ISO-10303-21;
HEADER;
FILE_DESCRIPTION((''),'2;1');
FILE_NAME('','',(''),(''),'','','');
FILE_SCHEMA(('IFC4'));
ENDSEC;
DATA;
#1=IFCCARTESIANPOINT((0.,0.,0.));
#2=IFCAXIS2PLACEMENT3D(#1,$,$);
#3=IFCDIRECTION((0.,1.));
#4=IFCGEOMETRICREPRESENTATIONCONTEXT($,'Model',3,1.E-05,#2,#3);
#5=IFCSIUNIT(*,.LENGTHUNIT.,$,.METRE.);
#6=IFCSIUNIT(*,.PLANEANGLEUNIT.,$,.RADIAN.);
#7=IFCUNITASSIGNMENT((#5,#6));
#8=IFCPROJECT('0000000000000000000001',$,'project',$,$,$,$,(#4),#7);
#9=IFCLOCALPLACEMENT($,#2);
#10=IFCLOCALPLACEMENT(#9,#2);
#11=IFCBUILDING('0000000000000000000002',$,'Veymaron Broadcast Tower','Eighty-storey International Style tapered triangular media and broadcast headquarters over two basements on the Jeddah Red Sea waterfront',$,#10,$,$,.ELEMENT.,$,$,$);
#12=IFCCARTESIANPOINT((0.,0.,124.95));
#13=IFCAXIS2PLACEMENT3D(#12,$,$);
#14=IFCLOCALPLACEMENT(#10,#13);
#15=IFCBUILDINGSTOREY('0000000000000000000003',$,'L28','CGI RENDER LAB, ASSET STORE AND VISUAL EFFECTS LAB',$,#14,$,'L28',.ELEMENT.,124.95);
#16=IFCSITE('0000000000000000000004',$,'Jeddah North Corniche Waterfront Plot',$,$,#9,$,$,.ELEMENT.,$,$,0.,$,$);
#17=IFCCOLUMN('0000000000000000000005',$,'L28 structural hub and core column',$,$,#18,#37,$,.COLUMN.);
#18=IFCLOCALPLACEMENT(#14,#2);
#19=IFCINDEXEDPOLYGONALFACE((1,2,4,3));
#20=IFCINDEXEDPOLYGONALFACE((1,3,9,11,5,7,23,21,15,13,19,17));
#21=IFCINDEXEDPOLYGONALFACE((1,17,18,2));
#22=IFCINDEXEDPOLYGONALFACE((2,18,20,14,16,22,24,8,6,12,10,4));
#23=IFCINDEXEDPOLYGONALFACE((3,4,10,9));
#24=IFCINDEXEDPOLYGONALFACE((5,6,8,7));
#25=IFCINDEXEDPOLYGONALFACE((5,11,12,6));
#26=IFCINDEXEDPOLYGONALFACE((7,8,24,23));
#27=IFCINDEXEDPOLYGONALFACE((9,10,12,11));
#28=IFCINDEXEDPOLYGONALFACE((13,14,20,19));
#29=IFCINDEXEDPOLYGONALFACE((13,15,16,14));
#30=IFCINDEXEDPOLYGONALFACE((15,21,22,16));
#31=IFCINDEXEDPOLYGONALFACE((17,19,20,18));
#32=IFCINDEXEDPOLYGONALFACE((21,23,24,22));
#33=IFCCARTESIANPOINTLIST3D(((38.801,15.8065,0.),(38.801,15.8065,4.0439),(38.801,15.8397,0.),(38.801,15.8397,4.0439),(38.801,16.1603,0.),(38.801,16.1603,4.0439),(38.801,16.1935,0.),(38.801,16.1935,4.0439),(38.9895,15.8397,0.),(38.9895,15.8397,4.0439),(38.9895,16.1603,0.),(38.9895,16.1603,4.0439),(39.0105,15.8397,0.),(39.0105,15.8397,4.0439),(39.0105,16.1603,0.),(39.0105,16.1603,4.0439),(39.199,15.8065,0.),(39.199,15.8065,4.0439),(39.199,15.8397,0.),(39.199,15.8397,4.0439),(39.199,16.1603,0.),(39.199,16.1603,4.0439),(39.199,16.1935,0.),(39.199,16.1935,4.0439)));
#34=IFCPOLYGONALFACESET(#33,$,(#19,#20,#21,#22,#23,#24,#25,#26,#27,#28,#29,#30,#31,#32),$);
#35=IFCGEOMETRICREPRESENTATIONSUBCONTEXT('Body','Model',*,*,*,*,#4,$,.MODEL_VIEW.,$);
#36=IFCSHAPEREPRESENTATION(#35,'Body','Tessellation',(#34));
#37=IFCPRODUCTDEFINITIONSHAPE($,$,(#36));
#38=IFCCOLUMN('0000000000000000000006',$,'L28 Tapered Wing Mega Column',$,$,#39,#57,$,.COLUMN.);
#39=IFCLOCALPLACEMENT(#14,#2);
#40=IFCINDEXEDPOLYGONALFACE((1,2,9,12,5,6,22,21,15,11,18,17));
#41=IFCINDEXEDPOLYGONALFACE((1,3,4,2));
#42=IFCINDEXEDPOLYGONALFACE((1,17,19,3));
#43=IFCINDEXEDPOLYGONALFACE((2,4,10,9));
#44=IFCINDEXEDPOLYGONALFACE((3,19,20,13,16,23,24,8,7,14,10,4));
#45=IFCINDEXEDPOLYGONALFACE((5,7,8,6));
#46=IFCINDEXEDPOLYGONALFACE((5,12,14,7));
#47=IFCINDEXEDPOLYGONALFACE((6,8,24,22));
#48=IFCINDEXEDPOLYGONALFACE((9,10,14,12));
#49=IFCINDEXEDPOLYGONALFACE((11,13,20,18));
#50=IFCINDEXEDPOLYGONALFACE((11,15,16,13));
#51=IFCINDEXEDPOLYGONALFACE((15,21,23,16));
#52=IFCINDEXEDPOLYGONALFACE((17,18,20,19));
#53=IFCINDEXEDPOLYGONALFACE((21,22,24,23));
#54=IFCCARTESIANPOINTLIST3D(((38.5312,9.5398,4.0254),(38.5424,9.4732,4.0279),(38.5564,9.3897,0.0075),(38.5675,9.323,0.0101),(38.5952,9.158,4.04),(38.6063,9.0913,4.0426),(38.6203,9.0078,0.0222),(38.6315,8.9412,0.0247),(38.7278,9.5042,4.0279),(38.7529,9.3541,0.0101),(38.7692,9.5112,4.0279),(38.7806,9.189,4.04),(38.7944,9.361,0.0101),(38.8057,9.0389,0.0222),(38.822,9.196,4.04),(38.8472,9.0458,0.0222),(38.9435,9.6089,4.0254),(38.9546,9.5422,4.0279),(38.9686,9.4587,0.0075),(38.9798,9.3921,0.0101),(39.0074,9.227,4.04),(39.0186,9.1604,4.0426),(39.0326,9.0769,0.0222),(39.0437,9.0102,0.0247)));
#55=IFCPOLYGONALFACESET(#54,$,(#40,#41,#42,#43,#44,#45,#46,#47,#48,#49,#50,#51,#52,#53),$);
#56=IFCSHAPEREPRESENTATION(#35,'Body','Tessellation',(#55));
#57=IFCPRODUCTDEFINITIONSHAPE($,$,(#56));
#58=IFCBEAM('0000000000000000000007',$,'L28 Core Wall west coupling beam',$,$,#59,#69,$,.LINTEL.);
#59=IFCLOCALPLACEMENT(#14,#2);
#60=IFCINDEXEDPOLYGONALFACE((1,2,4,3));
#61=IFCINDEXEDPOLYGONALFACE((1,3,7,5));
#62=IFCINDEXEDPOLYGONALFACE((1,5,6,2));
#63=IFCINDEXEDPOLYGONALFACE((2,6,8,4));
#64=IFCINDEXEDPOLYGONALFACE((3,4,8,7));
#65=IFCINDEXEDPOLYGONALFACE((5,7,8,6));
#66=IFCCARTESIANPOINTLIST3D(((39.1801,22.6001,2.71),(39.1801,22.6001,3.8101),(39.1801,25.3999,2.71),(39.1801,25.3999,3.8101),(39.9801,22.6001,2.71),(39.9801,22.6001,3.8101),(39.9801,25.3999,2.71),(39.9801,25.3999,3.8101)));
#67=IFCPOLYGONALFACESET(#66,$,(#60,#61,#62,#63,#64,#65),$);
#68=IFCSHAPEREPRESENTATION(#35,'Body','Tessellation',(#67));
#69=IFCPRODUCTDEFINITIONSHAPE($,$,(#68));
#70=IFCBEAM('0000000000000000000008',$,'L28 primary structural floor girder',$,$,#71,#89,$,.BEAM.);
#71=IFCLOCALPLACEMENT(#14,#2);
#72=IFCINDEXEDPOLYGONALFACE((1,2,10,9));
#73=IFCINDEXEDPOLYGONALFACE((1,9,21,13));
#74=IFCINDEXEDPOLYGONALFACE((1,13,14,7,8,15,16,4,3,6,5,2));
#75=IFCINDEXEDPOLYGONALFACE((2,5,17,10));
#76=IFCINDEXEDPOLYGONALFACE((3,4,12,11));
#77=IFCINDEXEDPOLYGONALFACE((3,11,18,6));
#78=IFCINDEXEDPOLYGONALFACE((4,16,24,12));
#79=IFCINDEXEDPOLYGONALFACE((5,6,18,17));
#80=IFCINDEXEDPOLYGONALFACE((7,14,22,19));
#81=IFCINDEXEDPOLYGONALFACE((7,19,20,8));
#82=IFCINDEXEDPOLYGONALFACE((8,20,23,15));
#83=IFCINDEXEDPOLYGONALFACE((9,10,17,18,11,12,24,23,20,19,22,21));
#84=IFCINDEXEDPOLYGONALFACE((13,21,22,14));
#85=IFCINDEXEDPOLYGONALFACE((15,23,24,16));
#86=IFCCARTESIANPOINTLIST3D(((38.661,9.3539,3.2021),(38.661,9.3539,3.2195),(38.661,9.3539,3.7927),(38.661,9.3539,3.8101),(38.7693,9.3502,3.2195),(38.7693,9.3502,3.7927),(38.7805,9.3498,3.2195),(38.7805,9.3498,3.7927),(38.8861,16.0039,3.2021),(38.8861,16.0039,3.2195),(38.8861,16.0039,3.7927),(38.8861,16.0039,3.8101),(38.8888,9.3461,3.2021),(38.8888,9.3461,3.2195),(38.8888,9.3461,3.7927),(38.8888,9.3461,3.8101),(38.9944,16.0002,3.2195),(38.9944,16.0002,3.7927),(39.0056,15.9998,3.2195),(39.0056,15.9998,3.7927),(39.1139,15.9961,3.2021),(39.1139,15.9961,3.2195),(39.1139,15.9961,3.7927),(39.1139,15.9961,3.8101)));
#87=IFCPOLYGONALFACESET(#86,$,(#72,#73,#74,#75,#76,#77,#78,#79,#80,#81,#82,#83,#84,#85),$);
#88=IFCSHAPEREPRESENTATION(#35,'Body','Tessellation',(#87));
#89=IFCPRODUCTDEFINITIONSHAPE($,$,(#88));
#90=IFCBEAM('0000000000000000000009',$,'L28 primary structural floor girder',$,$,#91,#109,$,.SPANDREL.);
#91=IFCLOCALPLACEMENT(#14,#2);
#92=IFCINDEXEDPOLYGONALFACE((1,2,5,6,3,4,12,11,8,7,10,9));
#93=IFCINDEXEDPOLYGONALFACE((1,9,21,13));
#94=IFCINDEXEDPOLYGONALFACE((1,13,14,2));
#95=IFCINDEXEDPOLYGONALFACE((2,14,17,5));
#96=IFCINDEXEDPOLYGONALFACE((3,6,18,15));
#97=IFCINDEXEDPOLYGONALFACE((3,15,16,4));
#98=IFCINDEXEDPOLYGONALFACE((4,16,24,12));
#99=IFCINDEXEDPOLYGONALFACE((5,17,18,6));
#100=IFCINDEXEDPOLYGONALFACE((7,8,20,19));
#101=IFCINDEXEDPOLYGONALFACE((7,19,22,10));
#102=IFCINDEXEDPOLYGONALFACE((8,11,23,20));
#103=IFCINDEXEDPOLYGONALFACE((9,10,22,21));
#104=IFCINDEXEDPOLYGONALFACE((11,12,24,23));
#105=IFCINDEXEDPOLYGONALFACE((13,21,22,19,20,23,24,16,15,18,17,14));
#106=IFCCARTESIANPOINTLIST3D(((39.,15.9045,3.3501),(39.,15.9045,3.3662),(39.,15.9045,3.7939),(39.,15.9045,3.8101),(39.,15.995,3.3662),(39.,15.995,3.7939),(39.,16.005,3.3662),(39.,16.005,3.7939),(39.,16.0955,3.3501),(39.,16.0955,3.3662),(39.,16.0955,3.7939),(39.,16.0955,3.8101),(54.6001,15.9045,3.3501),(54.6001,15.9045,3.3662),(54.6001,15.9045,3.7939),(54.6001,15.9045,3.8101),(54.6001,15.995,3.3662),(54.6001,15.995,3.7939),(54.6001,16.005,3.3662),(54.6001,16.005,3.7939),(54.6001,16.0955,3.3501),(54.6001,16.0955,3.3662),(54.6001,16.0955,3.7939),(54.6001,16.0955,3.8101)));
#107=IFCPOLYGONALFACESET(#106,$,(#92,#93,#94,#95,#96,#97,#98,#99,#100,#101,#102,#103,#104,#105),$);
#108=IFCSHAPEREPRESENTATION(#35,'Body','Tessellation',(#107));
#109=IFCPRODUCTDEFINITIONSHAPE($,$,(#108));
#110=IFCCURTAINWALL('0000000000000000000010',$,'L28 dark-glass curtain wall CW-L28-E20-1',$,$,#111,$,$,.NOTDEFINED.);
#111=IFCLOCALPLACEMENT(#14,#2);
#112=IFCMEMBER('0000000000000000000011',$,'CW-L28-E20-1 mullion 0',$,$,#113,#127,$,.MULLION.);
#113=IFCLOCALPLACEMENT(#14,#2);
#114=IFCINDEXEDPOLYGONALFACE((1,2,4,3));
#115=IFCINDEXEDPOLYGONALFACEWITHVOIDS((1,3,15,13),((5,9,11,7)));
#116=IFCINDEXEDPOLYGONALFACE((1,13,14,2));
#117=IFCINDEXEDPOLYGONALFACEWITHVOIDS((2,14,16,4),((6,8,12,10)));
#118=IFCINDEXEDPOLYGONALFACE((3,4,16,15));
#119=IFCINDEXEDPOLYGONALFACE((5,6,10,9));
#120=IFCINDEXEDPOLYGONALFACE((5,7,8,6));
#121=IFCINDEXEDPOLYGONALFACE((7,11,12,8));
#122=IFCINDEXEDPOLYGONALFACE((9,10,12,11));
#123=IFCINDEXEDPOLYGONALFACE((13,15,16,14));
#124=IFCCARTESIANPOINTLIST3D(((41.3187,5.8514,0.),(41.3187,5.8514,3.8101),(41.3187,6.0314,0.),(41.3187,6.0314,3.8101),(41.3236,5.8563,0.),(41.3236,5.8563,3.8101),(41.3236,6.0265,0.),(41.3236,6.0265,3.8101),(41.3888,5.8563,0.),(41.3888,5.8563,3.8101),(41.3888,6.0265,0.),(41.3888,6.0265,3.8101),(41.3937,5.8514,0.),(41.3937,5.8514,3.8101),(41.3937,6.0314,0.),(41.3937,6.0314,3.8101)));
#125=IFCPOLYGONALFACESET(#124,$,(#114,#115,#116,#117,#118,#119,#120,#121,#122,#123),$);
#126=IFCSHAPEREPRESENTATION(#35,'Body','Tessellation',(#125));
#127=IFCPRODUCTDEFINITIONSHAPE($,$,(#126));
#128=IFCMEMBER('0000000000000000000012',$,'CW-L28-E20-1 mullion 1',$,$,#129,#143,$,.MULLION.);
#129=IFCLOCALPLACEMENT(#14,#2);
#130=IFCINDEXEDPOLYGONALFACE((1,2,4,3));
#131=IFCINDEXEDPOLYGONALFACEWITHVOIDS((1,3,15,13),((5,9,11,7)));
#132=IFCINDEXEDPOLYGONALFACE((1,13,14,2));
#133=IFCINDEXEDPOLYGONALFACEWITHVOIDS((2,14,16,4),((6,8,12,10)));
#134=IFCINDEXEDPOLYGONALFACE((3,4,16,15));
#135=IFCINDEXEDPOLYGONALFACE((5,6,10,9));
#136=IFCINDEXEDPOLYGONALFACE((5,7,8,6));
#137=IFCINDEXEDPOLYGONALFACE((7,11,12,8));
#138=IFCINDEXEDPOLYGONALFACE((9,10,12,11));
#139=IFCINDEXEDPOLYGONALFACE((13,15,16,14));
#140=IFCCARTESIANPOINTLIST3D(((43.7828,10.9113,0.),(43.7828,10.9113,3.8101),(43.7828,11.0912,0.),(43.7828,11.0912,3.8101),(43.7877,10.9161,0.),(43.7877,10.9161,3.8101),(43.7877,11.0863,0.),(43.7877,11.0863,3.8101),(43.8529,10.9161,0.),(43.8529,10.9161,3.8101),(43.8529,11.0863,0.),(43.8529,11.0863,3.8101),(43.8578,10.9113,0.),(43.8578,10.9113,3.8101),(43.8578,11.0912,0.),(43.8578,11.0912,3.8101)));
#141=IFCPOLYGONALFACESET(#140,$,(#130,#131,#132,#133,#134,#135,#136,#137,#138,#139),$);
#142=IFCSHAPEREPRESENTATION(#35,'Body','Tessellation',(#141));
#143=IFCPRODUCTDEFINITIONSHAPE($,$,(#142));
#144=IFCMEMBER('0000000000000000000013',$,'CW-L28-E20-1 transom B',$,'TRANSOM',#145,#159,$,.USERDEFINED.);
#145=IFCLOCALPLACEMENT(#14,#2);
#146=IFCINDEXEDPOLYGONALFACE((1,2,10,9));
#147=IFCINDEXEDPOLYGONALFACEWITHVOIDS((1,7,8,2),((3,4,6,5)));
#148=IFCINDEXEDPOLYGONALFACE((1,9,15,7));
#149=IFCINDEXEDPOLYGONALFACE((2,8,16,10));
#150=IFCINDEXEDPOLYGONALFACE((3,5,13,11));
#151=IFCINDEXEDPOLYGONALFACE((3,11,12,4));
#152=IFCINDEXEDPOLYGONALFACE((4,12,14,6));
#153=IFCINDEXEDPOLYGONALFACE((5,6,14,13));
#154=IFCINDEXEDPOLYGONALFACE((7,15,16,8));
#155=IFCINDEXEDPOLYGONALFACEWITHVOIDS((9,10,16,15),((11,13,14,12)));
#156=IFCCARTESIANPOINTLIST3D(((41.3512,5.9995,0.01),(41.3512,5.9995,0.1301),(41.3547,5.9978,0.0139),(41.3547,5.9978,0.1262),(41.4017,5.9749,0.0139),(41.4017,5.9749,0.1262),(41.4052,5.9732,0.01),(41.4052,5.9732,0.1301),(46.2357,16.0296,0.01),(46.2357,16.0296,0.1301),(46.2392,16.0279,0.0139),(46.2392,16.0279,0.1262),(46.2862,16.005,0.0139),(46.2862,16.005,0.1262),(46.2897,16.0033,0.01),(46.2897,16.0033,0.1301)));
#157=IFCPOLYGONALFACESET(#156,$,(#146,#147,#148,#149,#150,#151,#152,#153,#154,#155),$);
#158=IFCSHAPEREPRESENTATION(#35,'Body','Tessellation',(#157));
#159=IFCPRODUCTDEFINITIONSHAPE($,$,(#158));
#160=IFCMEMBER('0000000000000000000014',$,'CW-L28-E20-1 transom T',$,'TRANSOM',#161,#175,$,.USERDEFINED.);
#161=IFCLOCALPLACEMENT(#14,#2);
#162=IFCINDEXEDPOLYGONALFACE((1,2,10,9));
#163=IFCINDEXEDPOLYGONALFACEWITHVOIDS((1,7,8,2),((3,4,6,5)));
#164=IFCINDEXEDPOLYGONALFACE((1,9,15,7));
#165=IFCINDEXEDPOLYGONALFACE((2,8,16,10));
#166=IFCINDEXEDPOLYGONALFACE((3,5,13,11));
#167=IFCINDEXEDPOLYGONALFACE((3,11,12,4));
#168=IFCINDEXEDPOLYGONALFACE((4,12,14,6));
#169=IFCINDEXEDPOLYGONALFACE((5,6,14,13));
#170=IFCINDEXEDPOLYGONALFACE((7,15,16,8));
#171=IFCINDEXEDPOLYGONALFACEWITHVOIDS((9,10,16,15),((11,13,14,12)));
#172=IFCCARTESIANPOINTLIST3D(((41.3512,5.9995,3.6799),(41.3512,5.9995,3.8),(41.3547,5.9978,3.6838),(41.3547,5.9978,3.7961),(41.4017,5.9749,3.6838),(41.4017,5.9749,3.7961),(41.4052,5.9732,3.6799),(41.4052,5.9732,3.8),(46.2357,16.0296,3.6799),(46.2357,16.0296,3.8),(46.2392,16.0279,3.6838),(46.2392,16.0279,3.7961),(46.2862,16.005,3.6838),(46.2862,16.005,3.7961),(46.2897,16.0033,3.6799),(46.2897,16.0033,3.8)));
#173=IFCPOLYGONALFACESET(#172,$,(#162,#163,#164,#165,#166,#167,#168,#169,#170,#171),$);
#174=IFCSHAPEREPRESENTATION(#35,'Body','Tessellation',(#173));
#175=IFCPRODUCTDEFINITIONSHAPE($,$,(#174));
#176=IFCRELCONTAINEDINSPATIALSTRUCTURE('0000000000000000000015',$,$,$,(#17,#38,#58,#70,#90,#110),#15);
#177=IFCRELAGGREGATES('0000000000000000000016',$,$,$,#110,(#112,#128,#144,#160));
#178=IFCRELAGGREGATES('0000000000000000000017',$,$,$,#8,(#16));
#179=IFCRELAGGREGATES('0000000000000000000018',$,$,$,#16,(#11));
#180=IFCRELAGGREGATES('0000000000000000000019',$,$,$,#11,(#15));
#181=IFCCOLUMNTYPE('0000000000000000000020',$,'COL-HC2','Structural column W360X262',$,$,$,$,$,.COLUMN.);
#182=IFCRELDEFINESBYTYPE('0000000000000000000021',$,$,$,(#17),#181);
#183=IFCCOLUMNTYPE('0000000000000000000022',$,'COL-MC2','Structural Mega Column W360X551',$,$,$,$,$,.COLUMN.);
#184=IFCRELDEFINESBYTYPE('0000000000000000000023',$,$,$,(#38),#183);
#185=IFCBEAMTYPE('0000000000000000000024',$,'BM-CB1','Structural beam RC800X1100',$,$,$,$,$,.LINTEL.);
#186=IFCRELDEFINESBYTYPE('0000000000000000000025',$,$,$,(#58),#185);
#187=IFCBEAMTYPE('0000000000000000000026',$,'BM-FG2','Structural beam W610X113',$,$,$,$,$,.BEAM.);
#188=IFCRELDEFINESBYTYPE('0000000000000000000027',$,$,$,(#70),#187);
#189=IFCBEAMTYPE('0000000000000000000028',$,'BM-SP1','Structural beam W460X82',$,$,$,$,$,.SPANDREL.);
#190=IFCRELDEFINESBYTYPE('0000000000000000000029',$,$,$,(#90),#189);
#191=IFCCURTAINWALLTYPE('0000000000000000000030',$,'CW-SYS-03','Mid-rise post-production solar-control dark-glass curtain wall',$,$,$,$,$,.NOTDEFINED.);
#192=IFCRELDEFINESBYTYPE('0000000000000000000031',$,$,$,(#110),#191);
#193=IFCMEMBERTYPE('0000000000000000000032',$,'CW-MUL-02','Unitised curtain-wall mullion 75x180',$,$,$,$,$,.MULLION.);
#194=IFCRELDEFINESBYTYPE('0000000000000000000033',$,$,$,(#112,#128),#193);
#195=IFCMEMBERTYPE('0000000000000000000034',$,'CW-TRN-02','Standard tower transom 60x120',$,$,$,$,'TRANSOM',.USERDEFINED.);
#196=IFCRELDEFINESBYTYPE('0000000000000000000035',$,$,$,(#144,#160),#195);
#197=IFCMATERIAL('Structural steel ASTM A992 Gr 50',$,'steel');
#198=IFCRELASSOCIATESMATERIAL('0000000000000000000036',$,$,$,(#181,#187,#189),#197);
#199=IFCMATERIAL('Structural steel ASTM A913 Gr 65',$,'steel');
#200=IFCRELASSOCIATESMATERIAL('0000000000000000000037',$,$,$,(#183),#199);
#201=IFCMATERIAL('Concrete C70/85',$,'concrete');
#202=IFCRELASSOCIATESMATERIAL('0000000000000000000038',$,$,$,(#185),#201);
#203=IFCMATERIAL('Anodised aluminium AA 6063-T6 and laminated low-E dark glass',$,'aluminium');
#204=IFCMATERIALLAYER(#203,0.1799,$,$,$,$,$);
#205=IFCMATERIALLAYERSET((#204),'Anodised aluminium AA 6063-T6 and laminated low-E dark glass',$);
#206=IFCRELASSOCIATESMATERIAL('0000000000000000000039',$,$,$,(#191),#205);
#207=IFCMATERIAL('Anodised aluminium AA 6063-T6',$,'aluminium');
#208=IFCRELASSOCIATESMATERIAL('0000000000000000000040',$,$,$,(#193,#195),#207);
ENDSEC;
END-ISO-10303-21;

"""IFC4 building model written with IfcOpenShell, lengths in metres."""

from ifc_helpers import new_model, si_unit, direction, frame, origin, origin_2d, place, context, subcontext, project, spatial, rectangle, hollow_rectangle, i_section, extrude, material, layer, layer_set, material_profile, profile_set, type_object, element, aggregate, save


model = new_model("IFC4")

# Units and contexts
model_context = context("Model", 3, precision=1e-05, world=origin(), true_north=direction((0.0, 1.0)))
body_context = subcontext(model_context, "Body", "Model", "MODEL_VIEW")
ifc_project = project(units=[si_unit("LENGTHUNIT", "METRE"), si_unit("PLANEANGLEUNIT", "RADIAN")], contexts=[model_context])

# Site, building, storey
site_placement = place(None, origin())
site = spatial("IfcSite", under=ifc_project, at=site_placement, Name="Jeddah North Corniche Waterfront Plot", CompositionType="ELEMENT", RefElevation=0.0)
building_placement = place(site_placement, origin())
building = spatial("IfcBuilding", under=site, at=building_placement, Name="Veymaron Broadcast Tower", Description="Eighty-storey International Style tapered triangular media and broadcast headquarters over two basements on the Jeddah Red Sea waterfront", CompositionType="ELEMENT")
storey_placement = place(building_placement, frame((0.0, 0.0, 124.95)))
storey = spatial("IfcBuildingStorey", under=building, at=storey_placement, Name="L28", Description="CGI RENDER LAB, ASSET STORE AND VISUAL EFFECTS LAB", LongName="L28", CompositionType="ELEMENT", Elevation=124.95)

# Columns
ifc_material_1 = material(Name="Structural steel ASTM A992 Gr 50", Category="steel")
ifc_material_profile_1 = material_profile(ifc_material_1, i_section(OverallWidth=0.3979, OverallDepth=0.387, WebThickness=0.021, FlangeThickness=0.0332, at=origin_2d()), Name="W360X262")
ifc_profile_set_1 = profile_set([ifc_material_profile_1], Name="Structural steel ASTM A992 Gr 50")
column_type_1 = type_object("IfcColumnType", Name="COL-HC2", Description="Structural column W360X262", PredefinedType="COLUMN", material=ifc_profile_set_1)
column_1_placement = place(storey_placement, frame((39.0, 16.0, 0.0), z_axis=(0.0, 0.0, 1.0), x_axis=(1.0, 0.0, 0.0)))
element("IfcColumn", 1, at=column_1_placement, inside=storey, type_object=column_type_1, Name="L28 structural hub and core column", PredefinedType="COLUMN", context=body_context, shape_type="SweptSolid", body=[
    extrude(i_section(OverallWidth=0.3979, OverallDepth=0.387, WebThickness=0.021, FlangeThickness=0.0332, at=origin_2d()), origin(), (0.0, 0.0, 1.0), 4.0439),
])
ifc_material_2 = material(Name="Structural steel ASTM A913 Gr 65", Category="steel")
ifc_material_profile_2 = material_profile(ifc_material_2, i_section(OverallWidth=0.418, OverallDepth=0.4551, WebThickness=0.042, FlangeThickness=0.0676, at=origin_2d()), Name="W360X551")
ifc_profile_set_2 = profile_set([ifc_material_profile_2], Name="Structural steel ASTM A913 Gr 65")
column_type_2 = type_object("IfcColumnType", Name="COL-MC2", Description="Structural Mega Column W360X551", PredefinedType="COLUMN", material=ifc_profile_set_2)
column_2_placement = place(storey_placement, frame((38.8, 9.2, 0.0161), z_axis=(-0.006254, 0.037343, 0.999283), x_axis=(-0.986264, -0.165179, 0.0)))
element("IfcColumn", 2, at=column_2_placement, inside=storey, type_object=column_type_2, Name="L28 Tapered Wing Mega Column", PredefinedType="COLUMN", context=body_context, shape_type="SweptSolid", body=[
    extrude(i_section(OverallWidth=0.418, OverallDepth=0.4551, WebThickness=0.042, FlangeThickness=0.0676, at=origin_2d()), origin(), (0.0, 0.0, 1.0), 4.0208),
])

# Beams
ifc_material_3 = material(Name="Concrete C70/85", Category="concrete")
ifc_material_profile_3 = material_profile(ifc_material_3, rectangle(XDim=0.8, YDim=1.1001, at=origin_2d()), Name="RC800X1100")
ifc_profile_set_3 = profile_set([ifc_material_profile_3], Name="Concrete C70/85")
beam_type_1 = type_object("IfcBeamType", Name="BM-CB1", Description="Structural beam RC800X1100", PredefinedType="LINTEL", material=ifc_profile_set_3)
beam_1_placement = place(storey_placement, frame((39.5801, 22.6001, 3.26), z_axis=(0.0, 1.0, 0.0), x_axis=(-1.0, 0.0, 0.0)))
element("IfcBeam", 3, at=beam_1_placement, inside=storey, type_object=beam_type_1, Name="L28 Core Wall west coupling beam", PredefinedType="LINTEL", context=body_context, shape_type="SweptSolid", body=[
    extrude(rectangle(XDim=0.8, YDim=1.1001, at=origin_2d()), origin(), (0.0, 0.0, 1.0), 2.7998),
])
ifc_material_profile_4 = material_profile(ifc_material_1, i_section(OverallWidth=0.228, OverallDepth=0.6079, WebThickness=0.0112, FlangeThickness=0.0173, at=origin_2d()), Name="W610X113")
ifc_profile_set_4 = profile_set([ifc_material_profile_4], Name="Structural steel ASTM A992 Gr 50")
beam_type_2 = type_object("IfcBeamType", Name="BM-FG2", Description="Structural beam W610X113", PredefinedType="BEAM", material=ifc_profile_set_4)
beam_2_placement = place(storey_placement, frame((39.0, 16.0, 3.5061), z_axis=(-0.03383, -0.999428, 0.0), x_axis=(0.999428, -0.03383, 0.0)))
element("IfcBeam", 4, at=beam_2_placement, inside=storey, type_object=beam_type_2, Name="L28 primary structural floor girder", PredefinedType="BEAM", context=body_context, shape_type="SweptSolid", body=[
    extrude(i_section(OverallWidth=0.228, OverallDepth=0.6079, WebThickness=0.0112, FlangeThickness=0.0173, at=origin_2d()), origin(), (0.0, 0.0, 1.0), 6.6538),
])
ifc_material_profile_5 = material_profile(ifc_material_1, i_section(OverallWidth=0.1909, OverallDepth=0.46, WebThickness=0.01, FlangeThickness=0.0161, at=origin_2d()), Name="W460X82")
ifc_profile_set_5 = profile_set([ifc_material_profile_5], Name="Structural steel ASTM A992 Gr 50")
beam_type_3 = type_object("IfcBeamType", Name="BM-SP1", Description="Structural beam W460X82", PredefinedType="SPANDREL", material=ifc_profile_set_5)
beam_3_placement = place(storey_placement, frame((39.0, 16.0, 3.5801), z_axis=(1.0, 0.0, 0.0), x_axis=(0.0, 1.0, 0.0)))
element("IfcBeam", 5, at=beam_3_placement, inside=storey, type_object=beam_type_3, Name="L28 primary structural floor girder", PredefinedType="SPANDREL", context=body_context, shape_type="SweptSolid", body=[
    extrude(i_section(OverallWidth=0.1909, OverallDepth=0.46, WebThickness=0.01, FlangeThickness=0.0161, at=origin_2d()), origin(), (0.0, 0.0, 1.0), 15.6001),
])

# Curtain wall, members
ifc_material_4 = material(Name="Anodised aluminium AA 6063-T6 and laminated low-E dark glass", Category="aluminium")
ifc_layer_1 = layer(ifc_material_4, 0.1799)
ifc_layer_set_1 = layer_set([ifc_layer_1], Name="Anodised aluminium AA 6063-T6 and laminated low-E dark glass")
curtain_wall_type = type_object("IfcCurtainWallType", Name="CW-SYS-03", Description="Mid-rise post-production solar-control dark-glass curtain wall", PredefinedType="NOTDEFINED", material=ifc_layer_set_1)
curtain_wall_placement = place(storey_placement, origin())
curtain_wall = element("IfcCurtainWall", 6, at=curtain_wall_placement, inside=storey, type_object=curtain_wall_type, Name="L28 dark-glass curtain wall CW-L28-E20-1", PredefinedType="NOTDEFINED")
ifc_material_5 = material(Name="Anodised aluminium AA 6063-T6", Category="aluminium")
ifc_material_profile_6 = material_profile(ifc_material_5, hollow_rectangle(XDim=0.075, YDim=0.1799, WallThickness=0.0049, at=origin_2d()), Name="AL180X75X5")
ifc_profile_set_6 = profile_set([ifc_material_profile_6], Name="Anodised aluminium AA 6063-T6")
member_type_1 = type_object("IfcMemberType", Name="CW-MUL-02", Description="Unitised curtain-wall mullion 75x180", PredefinedType="MULLION", material=ifc_profile_set_6)
member_1_placement = place(storey_placement, frame((41.3562, 5.9414, 0.0), z_axis=(0.0, 0.0, 1.0), x_axis=(1.0, 0.0, 0.0)))
member_1 = element("IfcMember", 7, at=member_1_placement, type_object=member_type_1, Name="CW-L28-E20-1 mullion 0", PredefinedType="MULLION", context=body_context, shape_type="SweptSolid", body=[
    extrude(hollow_rectangle(XDim=0.075, YDim=0.1799, WallThickness=0.0049, at=origin_2d()), origin(), (0.0, 0.0, 1.0), 3.8101),
])
member_2_placement = place(storey_placement, frame((43.8203, 11.0012, 0.0), z_axis=(0.0, 0.0, 1.0), x_axis=(1.0, 0.0, 0.0)))
member_2 = element("IfcMember", 8, at=member_2_placement, type_object=member_type_1, Name="CW-L28-E20-1 mullion 1", PredefinedType="MULLION", context=body_context, shape_type="SweptSolid", body=[
    extrude(hollow_rectangle(XDim=0.075, YDim=0.1799, WallThickness=0.0049, at=origin_2d()), origin(), (0.0, 0.0, 1.0), 3.8101),
])
ifc_material_profile_7 = material_profile(ifc_material_5, hollow_rectangle(XDim=0.0601, YDim=0.1201, WallThickness=0.0039, at=origin_2d()), Name="AL120X60X4")
ifc_profile_set_7 = profile_set([ifc_material_profile_7], Name="Anodised aluminium AA 6063-T6")
member_type_2 = type_object("IfcMemberType", Name="CW-TRN-02", Description="Standard tower transom 60x120", ElementType="TRANSOM", PredefinedType="USERDEFINED", material=ifc_profile_set_7)
member_3_placement = place(storey_placement, frame((41.3782, 5.9863, 0.0701), z_axis=(0.437832, 0.899057, 0.0), x_axis=(-0.899057, 0.437832, 0.0)))
member_3 = element("IfcMember", 9, at=member_3_placement, type_object=member_type_2, Name="CW-L28-E20-1 transom B", ObjectType="TRANSOM", PredefinedType="USERDEFINED", context=body_context, shape_type="SweptSolid", body=[
    extrude(hollow_rectangle(XDim=0.0601, YDim=0.1201, WallThickness=0.0039, at=origin_2d()), origin(), (0.0, 0.0, 1.0), 11.1562),
])
member_4_placement = place(storey_placement, frame((41.3782, 5.9863, 3.74), z_axis=(0.437832, 0.899057, 0.0), x_axis=(-0.899057, 0.437832, 0.0)))
member_4 = element("IfcMember", 10, at=member_4_placement, type_object=member_type_2, Name="CW-L28-E20-1 transom T", ObjectType="TRANSOM", PredefinedType="USERDEFINED", context=body_context, shape_type="SweptSolid", body=[
    extrude(hollow_rectangle(XDim=0.0601, YDim=0.1201, WallThickness=0.0039, at=origin_2d()), origin(), (0.0, 0.0, 1.0), 11.1562),
])
aggregate(curtain_wall, [member_1, member_2, member_3, member_4])

save(model, "model.ifc")
